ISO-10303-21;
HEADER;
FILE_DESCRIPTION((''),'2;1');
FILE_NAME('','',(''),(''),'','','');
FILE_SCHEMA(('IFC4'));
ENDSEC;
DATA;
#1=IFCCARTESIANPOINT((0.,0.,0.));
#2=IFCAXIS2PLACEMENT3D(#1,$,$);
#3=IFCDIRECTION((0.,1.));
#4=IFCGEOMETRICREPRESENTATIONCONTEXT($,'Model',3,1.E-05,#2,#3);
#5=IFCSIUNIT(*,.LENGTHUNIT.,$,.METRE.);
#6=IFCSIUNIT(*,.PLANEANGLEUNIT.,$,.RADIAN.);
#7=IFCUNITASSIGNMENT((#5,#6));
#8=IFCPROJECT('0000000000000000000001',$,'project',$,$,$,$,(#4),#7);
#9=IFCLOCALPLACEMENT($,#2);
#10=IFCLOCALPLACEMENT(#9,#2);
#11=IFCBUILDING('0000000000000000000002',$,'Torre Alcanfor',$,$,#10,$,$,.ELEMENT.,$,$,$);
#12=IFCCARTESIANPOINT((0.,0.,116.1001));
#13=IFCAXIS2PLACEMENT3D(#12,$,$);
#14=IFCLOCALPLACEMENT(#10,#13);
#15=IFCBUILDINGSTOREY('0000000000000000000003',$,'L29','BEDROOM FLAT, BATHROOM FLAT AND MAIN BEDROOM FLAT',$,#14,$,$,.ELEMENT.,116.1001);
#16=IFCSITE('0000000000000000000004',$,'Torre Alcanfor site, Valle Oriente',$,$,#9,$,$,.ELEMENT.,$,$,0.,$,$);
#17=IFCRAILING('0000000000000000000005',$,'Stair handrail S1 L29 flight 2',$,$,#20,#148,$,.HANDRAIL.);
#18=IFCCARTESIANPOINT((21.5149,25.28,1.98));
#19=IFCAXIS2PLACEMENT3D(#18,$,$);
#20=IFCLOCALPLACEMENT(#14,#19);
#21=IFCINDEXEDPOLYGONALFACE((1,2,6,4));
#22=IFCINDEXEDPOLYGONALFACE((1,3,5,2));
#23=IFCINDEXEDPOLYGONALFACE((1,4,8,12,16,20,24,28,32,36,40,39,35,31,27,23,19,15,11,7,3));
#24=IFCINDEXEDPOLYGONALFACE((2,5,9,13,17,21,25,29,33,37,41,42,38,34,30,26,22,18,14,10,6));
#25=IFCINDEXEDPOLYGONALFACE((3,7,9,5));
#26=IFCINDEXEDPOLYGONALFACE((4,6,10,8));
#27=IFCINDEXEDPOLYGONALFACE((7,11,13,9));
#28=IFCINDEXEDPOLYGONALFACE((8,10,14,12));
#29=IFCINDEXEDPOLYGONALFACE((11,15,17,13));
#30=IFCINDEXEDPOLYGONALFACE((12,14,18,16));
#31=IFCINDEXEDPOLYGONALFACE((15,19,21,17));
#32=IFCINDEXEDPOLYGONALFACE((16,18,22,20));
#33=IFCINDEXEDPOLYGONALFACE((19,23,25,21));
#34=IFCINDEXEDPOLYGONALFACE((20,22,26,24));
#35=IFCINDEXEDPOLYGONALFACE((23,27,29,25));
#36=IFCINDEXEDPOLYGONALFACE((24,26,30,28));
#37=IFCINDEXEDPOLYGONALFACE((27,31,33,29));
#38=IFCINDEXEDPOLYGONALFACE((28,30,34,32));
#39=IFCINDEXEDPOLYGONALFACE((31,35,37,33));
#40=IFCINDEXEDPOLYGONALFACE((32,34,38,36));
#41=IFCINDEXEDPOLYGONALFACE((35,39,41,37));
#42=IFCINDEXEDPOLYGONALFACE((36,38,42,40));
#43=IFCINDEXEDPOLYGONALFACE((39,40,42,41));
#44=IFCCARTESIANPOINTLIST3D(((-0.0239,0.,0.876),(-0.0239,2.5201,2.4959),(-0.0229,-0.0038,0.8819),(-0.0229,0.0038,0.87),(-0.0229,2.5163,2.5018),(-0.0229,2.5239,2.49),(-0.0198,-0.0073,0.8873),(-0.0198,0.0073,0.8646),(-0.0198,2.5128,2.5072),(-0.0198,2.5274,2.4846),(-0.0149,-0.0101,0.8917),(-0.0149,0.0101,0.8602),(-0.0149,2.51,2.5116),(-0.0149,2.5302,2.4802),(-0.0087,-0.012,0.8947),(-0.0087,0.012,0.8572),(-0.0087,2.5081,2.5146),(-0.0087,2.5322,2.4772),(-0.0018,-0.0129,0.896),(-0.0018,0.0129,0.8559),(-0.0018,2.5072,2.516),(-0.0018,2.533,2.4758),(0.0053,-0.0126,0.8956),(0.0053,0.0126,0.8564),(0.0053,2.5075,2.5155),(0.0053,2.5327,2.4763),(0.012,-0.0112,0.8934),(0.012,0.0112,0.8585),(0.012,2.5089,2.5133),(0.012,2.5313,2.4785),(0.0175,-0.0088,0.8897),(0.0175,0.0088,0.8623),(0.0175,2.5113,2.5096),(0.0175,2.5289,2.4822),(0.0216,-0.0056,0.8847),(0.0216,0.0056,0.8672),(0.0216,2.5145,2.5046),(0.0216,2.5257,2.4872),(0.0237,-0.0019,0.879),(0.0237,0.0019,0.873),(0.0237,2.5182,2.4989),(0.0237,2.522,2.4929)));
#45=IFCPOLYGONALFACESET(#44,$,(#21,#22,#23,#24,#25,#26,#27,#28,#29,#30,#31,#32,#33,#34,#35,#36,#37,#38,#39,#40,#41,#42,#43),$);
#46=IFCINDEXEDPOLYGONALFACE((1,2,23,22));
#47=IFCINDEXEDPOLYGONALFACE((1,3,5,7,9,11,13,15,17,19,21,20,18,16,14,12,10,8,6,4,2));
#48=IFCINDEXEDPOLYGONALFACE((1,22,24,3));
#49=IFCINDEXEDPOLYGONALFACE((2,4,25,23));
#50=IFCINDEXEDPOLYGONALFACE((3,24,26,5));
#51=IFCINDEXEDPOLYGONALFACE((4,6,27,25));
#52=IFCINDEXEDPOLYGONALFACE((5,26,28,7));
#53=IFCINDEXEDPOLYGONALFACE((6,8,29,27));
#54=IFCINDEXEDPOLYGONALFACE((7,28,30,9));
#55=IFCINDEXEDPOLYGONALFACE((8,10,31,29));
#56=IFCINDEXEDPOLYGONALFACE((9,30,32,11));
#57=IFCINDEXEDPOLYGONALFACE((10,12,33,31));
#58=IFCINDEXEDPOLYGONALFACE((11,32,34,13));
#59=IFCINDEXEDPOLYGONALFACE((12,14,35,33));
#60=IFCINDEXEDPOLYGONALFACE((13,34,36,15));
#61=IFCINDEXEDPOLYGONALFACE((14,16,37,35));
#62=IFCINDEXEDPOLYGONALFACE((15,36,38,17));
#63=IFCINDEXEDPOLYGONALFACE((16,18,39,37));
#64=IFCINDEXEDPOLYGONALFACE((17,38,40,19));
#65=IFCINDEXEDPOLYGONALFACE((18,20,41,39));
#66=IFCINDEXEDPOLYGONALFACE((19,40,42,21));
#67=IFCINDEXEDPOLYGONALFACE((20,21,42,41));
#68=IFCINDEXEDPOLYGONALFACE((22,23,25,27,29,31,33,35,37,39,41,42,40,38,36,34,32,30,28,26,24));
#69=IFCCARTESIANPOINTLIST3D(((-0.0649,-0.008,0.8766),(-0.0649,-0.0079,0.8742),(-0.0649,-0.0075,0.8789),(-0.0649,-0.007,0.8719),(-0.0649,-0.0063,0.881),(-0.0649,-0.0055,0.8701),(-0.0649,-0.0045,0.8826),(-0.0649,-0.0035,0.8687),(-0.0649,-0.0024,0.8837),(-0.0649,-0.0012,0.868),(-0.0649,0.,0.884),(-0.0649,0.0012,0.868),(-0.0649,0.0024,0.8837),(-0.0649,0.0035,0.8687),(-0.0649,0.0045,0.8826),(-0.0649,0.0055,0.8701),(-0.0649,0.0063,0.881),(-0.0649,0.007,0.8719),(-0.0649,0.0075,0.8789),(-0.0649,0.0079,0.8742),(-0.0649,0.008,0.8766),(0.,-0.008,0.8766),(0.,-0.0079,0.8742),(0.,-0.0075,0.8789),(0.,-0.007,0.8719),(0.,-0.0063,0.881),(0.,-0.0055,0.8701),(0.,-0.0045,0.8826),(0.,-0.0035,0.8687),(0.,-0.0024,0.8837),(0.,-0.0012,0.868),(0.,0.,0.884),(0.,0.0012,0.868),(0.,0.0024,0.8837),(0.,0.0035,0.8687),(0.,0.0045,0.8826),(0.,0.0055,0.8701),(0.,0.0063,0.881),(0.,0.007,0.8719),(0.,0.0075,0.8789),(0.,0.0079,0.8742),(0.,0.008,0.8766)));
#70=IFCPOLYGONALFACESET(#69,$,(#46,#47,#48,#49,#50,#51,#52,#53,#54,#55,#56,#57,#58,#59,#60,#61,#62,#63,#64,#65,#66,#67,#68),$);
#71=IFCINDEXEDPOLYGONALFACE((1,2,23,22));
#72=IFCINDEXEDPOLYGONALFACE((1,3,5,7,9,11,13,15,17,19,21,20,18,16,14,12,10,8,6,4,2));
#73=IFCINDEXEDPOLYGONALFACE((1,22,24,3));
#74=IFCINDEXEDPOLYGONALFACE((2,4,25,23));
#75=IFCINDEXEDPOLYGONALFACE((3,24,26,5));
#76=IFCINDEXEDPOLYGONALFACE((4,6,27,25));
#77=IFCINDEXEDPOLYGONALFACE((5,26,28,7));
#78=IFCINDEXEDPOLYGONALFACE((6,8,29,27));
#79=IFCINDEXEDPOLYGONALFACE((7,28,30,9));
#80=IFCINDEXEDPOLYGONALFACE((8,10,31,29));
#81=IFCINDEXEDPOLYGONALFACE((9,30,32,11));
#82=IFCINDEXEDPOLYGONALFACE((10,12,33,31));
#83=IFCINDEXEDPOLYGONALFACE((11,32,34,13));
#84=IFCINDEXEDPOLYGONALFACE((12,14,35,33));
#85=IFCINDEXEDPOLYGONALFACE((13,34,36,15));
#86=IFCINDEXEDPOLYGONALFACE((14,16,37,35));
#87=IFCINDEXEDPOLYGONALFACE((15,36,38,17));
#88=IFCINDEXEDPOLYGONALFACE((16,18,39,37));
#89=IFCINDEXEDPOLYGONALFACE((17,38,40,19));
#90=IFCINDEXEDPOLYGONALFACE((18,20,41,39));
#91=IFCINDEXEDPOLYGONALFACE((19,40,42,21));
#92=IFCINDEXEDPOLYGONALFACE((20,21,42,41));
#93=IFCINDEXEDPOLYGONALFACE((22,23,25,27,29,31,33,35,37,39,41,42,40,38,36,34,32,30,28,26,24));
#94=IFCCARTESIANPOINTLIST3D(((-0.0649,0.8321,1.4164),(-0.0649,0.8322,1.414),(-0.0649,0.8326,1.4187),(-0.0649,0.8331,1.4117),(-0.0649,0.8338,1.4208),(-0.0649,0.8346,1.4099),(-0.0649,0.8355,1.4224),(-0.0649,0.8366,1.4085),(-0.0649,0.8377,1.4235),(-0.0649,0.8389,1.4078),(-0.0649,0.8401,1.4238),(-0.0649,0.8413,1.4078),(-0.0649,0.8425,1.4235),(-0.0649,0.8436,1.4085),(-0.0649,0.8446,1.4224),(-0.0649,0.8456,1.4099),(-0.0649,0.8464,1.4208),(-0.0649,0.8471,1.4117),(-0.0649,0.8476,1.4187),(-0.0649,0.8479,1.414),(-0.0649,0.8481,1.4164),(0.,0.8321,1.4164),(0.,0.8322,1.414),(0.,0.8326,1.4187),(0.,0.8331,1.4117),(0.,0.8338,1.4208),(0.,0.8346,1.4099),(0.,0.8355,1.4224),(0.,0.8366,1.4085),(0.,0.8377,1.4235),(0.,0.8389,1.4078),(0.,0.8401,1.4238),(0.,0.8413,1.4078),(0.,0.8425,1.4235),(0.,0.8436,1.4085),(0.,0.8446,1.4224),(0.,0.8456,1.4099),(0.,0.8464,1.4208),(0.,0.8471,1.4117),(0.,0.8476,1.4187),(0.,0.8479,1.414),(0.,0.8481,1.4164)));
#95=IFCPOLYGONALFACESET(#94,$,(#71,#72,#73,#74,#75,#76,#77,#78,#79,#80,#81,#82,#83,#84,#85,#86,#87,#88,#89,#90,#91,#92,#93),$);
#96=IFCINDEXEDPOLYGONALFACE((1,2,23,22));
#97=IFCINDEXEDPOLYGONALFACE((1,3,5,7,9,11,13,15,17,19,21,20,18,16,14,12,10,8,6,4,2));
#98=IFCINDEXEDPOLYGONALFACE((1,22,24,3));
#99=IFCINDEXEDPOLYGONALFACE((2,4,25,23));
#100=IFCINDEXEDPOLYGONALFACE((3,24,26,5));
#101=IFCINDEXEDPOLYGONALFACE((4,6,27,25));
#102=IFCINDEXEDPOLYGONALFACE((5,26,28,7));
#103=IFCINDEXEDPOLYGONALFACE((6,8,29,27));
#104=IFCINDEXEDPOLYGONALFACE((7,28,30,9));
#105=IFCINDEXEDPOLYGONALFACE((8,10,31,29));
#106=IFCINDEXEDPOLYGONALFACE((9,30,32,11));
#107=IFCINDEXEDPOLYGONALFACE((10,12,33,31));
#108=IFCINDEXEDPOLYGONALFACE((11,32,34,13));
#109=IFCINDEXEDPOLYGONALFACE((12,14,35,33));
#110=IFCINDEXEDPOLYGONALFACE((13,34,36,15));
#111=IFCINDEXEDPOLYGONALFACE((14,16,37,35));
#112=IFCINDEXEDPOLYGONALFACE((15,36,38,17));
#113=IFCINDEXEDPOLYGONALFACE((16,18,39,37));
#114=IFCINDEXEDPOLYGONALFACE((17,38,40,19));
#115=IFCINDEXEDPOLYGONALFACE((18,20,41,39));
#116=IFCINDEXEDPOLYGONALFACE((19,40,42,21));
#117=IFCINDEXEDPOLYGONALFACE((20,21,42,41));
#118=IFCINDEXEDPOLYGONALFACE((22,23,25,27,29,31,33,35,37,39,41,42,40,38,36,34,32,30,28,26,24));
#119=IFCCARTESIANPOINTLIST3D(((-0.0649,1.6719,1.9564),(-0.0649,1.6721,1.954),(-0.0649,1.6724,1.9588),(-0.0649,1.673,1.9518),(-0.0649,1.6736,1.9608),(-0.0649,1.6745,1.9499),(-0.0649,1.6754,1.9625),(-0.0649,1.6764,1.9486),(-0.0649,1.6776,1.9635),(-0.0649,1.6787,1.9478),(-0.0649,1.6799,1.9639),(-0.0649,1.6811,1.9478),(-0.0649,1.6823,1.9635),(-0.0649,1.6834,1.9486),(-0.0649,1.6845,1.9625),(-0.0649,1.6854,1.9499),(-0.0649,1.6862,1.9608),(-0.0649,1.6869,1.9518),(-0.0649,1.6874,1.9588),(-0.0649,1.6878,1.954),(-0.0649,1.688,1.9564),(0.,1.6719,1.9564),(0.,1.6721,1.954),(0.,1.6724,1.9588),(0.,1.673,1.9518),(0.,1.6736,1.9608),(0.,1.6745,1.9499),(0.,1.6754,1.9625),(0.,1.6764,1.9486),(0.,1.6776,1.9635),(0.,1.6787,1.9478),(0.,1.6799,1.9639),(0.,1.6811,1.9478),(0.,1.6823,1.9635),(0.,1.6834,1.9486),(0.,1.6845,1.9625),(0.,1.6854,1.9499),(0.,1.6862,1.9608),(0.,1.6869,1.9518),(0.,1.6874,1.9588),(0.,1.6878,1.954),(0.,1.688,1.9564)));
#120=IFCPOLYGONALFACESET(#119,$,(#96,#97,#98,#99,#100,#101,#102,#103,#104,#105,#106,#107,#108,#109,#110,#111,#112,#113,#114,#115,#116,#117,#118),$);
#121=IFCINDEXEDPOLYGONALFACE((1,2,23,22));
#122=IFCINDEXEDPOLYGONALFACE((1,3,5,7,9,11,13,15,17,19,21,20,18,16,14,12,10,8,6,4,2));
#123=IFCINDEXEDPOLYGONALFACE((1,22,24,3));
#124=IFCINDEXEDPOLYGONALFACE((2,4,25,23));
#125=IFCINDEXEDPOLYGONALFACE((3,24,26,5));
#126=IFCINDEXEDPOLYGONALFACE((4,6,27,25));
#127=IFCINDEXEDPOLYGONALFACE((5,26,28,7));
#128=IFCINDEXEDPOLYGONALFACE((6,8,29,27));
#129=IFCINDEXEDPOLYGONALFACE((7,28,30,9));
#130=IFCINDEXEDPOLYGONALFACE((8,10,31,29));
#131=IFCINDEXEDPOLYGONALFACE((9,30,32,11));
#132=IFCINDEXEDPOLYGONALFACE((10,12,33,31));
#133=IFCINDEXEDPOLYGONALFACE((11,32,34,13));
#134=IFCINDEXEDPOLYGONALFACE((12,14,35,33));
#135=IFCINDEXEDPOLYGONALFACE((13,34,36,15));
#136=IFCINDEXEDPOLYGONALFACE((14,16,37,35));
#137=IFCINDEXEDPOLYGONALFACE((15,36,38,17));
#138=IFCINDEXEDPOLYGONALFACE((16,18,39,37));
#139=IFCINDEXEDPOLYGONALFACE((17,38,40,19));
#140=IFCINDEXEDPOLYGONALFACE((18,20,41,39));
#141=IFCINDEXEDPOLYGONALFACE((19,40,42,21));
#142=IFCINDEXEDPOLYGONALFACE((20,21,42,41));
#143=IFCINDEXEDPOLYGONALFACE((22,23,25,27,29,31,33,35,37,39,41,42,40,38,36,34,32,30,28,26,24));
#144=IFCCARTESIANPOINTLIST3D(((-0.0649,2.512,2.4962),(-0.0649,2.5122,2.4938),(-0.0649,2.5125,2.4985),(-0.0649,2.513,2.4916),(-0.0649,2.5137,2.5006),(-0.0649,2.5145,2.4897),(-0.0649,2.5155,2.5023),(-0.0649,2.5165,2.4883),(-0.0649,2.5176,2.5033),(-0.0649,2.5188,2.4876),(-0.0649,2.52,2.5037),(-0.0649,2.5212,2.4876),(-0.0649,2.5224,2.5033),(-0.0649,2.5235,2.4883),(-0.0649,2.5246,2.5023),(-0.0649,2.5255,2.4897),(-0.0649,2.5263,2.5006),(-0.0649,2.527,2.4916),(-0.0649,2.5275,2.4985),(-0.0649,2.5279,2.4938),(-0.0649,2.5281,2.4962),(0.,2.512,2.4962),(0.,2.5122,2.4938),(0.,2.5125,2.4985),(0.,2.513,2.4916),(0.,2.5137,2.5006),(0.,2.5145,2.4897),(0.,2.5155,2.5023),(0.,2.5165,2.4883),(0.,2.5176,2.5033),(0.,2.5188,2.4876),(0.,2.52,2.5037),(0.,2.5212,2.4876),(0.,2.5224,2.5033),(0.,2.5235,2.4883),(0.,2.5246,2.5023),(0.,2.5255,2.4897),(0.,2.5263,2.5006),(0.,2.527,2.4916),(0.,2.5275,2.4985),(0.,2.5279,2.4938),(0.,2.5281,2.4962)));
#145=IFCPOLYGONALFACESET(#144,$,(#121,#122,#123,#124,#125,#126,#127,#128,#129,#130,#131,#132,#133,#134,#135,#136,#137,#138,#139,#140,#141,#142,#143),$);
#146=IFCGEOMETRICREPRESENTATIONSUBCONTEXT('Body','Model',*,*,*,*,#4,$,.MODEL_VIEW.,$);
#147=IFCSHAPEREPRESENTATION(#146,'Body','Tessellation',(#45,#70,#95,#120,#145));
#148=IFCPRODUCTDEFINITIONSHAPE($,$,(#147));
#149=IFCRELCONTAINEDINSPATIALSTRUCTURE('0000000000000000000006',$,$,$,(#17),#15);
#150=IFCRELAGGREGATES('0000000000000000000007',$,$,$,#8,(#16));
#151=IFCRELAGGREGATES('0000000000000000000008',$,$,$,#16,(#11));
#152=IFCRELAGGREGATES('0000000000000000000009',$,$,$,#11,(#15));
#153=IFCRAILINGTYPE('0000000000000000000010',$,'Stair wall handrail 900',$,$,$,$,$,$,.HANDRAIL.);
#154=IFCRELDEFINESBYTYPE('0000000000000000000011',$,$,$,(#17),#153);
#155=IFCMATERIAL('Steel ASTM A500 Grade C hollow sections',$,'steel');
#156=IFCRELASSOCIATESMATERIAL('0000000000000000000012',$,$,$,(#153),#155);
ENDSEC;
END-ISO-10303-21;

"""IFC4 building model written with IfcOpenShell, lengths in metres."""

from ifc_helpers import new_model, si_unit, direction, frame, origin, origin_2d, place, context, subcontext, project, spatial, circle, extrude, material, type_object, element, save


model = new_model("IFC4")

# Units and contexts
model_context = context("Model", 3, precision=1e-05, world=origin(), true_north=direction((0.0, 1.0)))
body_context = subcontext(model_context, "Body", "Model", "MODEL_VIEW")
ifc_project = project(units=[si_unit("LENGTHUNIT", "METRE"), si_unit("PLANEANGLEUNIT", "RADIAN")], contexts=[model_context])

# Site, building, storey
site_placement = place(None, origin())
site = spatial("IfcSite", under=ifc_project, at=site_placement, Name="Torre Alcanfor site, Valle Oriente", CompositionType="ELEMENT", RefElevation=0.0)
building_placement = place(site_placement, origin())
building = spatial("IfcBuilding", under=site, at=building_placement, Name="Torre Alcanfor", CompositionType="ELEMENT")
storey_placement = place(building_placement, frame((0.0, 0.0, 116.1001)))
storey = spatial("IfcBuildingStorey", under=building, at=storey_placement, Name="L29", Description="BEDROOM FLAT, BATHROOM FLAT AND MAIN BEDROOM FLAT", CompositionType="ELEMENT", Elevation=116.1001)

# Railing
ifc_material_1 = material(Name="Steel ASTM A500 Grade C hollow sections", Category="steel")
railing_type_1 = type_object("IfcRailingType", Name="Stair wall handrail 900", PredefinedType="HANDRAIL", material=ifc_material_1)
railing_1_placement = place(storey_placement, frame((21.5149, 25.28, 1.98)))
element("IfcRailing", 1, at=railing_1_placement, inside=storey, type_object=railing_type_1, Name="Stair handrail S1 L29 flight 2", PredefinedType="HANDRAIL", context=body_context, shape_type="SweptSolid", body=[
    extrude(circle(Radius=0.0239, at=origin_2d()), frame((0.0, 0.0, 0.876), z_axis=(0.0, 0.8412, 0.540725), x_axis=(-1.0, 0.0, 0.0)), (0.0, 0.0, 1.0), 2.9958),
    extrude(circle(Radius=0.0081, at=origin_2d()), frame((0.0, 0.0, 0.876), z_axis=(-1.0, 0.0, 0.0), x_axis=(0.0, 0.0, 1.0)), (0.0, 0.0, 1.0), 0.0649),
    extrude(circle(Radius=0.0081, at=origin_2d()), frame((0.0, 0.8401, 1.4158), z_axis=(-1.0, 0.0, 0.0), x_axis=(0.0, 0.0, 1.0)), (0.0, 0.0, 1.0), 0.0649),
    extrude(circle(Radius=0.0081, at=origin_2d()), frame((0.0, 1.6799, 1.9558), z_axis=(-1.0, 0.0, 0.0), x_axis=(0.0, 0.0, 1.0)), (0.0, 0.0, 1.0), 0.0649),
    extrude(circle(Radius=0.0081, at=origin_2d()), frame((0.0, 2.52, 2.4956), z_axis=(-1.0, 0.0, 0.0), x_axis=(0.0, 0.0, 1.0)), (0.0, 0.0, 1.0), 0.0649),
])

save(model, "model.ifc")
